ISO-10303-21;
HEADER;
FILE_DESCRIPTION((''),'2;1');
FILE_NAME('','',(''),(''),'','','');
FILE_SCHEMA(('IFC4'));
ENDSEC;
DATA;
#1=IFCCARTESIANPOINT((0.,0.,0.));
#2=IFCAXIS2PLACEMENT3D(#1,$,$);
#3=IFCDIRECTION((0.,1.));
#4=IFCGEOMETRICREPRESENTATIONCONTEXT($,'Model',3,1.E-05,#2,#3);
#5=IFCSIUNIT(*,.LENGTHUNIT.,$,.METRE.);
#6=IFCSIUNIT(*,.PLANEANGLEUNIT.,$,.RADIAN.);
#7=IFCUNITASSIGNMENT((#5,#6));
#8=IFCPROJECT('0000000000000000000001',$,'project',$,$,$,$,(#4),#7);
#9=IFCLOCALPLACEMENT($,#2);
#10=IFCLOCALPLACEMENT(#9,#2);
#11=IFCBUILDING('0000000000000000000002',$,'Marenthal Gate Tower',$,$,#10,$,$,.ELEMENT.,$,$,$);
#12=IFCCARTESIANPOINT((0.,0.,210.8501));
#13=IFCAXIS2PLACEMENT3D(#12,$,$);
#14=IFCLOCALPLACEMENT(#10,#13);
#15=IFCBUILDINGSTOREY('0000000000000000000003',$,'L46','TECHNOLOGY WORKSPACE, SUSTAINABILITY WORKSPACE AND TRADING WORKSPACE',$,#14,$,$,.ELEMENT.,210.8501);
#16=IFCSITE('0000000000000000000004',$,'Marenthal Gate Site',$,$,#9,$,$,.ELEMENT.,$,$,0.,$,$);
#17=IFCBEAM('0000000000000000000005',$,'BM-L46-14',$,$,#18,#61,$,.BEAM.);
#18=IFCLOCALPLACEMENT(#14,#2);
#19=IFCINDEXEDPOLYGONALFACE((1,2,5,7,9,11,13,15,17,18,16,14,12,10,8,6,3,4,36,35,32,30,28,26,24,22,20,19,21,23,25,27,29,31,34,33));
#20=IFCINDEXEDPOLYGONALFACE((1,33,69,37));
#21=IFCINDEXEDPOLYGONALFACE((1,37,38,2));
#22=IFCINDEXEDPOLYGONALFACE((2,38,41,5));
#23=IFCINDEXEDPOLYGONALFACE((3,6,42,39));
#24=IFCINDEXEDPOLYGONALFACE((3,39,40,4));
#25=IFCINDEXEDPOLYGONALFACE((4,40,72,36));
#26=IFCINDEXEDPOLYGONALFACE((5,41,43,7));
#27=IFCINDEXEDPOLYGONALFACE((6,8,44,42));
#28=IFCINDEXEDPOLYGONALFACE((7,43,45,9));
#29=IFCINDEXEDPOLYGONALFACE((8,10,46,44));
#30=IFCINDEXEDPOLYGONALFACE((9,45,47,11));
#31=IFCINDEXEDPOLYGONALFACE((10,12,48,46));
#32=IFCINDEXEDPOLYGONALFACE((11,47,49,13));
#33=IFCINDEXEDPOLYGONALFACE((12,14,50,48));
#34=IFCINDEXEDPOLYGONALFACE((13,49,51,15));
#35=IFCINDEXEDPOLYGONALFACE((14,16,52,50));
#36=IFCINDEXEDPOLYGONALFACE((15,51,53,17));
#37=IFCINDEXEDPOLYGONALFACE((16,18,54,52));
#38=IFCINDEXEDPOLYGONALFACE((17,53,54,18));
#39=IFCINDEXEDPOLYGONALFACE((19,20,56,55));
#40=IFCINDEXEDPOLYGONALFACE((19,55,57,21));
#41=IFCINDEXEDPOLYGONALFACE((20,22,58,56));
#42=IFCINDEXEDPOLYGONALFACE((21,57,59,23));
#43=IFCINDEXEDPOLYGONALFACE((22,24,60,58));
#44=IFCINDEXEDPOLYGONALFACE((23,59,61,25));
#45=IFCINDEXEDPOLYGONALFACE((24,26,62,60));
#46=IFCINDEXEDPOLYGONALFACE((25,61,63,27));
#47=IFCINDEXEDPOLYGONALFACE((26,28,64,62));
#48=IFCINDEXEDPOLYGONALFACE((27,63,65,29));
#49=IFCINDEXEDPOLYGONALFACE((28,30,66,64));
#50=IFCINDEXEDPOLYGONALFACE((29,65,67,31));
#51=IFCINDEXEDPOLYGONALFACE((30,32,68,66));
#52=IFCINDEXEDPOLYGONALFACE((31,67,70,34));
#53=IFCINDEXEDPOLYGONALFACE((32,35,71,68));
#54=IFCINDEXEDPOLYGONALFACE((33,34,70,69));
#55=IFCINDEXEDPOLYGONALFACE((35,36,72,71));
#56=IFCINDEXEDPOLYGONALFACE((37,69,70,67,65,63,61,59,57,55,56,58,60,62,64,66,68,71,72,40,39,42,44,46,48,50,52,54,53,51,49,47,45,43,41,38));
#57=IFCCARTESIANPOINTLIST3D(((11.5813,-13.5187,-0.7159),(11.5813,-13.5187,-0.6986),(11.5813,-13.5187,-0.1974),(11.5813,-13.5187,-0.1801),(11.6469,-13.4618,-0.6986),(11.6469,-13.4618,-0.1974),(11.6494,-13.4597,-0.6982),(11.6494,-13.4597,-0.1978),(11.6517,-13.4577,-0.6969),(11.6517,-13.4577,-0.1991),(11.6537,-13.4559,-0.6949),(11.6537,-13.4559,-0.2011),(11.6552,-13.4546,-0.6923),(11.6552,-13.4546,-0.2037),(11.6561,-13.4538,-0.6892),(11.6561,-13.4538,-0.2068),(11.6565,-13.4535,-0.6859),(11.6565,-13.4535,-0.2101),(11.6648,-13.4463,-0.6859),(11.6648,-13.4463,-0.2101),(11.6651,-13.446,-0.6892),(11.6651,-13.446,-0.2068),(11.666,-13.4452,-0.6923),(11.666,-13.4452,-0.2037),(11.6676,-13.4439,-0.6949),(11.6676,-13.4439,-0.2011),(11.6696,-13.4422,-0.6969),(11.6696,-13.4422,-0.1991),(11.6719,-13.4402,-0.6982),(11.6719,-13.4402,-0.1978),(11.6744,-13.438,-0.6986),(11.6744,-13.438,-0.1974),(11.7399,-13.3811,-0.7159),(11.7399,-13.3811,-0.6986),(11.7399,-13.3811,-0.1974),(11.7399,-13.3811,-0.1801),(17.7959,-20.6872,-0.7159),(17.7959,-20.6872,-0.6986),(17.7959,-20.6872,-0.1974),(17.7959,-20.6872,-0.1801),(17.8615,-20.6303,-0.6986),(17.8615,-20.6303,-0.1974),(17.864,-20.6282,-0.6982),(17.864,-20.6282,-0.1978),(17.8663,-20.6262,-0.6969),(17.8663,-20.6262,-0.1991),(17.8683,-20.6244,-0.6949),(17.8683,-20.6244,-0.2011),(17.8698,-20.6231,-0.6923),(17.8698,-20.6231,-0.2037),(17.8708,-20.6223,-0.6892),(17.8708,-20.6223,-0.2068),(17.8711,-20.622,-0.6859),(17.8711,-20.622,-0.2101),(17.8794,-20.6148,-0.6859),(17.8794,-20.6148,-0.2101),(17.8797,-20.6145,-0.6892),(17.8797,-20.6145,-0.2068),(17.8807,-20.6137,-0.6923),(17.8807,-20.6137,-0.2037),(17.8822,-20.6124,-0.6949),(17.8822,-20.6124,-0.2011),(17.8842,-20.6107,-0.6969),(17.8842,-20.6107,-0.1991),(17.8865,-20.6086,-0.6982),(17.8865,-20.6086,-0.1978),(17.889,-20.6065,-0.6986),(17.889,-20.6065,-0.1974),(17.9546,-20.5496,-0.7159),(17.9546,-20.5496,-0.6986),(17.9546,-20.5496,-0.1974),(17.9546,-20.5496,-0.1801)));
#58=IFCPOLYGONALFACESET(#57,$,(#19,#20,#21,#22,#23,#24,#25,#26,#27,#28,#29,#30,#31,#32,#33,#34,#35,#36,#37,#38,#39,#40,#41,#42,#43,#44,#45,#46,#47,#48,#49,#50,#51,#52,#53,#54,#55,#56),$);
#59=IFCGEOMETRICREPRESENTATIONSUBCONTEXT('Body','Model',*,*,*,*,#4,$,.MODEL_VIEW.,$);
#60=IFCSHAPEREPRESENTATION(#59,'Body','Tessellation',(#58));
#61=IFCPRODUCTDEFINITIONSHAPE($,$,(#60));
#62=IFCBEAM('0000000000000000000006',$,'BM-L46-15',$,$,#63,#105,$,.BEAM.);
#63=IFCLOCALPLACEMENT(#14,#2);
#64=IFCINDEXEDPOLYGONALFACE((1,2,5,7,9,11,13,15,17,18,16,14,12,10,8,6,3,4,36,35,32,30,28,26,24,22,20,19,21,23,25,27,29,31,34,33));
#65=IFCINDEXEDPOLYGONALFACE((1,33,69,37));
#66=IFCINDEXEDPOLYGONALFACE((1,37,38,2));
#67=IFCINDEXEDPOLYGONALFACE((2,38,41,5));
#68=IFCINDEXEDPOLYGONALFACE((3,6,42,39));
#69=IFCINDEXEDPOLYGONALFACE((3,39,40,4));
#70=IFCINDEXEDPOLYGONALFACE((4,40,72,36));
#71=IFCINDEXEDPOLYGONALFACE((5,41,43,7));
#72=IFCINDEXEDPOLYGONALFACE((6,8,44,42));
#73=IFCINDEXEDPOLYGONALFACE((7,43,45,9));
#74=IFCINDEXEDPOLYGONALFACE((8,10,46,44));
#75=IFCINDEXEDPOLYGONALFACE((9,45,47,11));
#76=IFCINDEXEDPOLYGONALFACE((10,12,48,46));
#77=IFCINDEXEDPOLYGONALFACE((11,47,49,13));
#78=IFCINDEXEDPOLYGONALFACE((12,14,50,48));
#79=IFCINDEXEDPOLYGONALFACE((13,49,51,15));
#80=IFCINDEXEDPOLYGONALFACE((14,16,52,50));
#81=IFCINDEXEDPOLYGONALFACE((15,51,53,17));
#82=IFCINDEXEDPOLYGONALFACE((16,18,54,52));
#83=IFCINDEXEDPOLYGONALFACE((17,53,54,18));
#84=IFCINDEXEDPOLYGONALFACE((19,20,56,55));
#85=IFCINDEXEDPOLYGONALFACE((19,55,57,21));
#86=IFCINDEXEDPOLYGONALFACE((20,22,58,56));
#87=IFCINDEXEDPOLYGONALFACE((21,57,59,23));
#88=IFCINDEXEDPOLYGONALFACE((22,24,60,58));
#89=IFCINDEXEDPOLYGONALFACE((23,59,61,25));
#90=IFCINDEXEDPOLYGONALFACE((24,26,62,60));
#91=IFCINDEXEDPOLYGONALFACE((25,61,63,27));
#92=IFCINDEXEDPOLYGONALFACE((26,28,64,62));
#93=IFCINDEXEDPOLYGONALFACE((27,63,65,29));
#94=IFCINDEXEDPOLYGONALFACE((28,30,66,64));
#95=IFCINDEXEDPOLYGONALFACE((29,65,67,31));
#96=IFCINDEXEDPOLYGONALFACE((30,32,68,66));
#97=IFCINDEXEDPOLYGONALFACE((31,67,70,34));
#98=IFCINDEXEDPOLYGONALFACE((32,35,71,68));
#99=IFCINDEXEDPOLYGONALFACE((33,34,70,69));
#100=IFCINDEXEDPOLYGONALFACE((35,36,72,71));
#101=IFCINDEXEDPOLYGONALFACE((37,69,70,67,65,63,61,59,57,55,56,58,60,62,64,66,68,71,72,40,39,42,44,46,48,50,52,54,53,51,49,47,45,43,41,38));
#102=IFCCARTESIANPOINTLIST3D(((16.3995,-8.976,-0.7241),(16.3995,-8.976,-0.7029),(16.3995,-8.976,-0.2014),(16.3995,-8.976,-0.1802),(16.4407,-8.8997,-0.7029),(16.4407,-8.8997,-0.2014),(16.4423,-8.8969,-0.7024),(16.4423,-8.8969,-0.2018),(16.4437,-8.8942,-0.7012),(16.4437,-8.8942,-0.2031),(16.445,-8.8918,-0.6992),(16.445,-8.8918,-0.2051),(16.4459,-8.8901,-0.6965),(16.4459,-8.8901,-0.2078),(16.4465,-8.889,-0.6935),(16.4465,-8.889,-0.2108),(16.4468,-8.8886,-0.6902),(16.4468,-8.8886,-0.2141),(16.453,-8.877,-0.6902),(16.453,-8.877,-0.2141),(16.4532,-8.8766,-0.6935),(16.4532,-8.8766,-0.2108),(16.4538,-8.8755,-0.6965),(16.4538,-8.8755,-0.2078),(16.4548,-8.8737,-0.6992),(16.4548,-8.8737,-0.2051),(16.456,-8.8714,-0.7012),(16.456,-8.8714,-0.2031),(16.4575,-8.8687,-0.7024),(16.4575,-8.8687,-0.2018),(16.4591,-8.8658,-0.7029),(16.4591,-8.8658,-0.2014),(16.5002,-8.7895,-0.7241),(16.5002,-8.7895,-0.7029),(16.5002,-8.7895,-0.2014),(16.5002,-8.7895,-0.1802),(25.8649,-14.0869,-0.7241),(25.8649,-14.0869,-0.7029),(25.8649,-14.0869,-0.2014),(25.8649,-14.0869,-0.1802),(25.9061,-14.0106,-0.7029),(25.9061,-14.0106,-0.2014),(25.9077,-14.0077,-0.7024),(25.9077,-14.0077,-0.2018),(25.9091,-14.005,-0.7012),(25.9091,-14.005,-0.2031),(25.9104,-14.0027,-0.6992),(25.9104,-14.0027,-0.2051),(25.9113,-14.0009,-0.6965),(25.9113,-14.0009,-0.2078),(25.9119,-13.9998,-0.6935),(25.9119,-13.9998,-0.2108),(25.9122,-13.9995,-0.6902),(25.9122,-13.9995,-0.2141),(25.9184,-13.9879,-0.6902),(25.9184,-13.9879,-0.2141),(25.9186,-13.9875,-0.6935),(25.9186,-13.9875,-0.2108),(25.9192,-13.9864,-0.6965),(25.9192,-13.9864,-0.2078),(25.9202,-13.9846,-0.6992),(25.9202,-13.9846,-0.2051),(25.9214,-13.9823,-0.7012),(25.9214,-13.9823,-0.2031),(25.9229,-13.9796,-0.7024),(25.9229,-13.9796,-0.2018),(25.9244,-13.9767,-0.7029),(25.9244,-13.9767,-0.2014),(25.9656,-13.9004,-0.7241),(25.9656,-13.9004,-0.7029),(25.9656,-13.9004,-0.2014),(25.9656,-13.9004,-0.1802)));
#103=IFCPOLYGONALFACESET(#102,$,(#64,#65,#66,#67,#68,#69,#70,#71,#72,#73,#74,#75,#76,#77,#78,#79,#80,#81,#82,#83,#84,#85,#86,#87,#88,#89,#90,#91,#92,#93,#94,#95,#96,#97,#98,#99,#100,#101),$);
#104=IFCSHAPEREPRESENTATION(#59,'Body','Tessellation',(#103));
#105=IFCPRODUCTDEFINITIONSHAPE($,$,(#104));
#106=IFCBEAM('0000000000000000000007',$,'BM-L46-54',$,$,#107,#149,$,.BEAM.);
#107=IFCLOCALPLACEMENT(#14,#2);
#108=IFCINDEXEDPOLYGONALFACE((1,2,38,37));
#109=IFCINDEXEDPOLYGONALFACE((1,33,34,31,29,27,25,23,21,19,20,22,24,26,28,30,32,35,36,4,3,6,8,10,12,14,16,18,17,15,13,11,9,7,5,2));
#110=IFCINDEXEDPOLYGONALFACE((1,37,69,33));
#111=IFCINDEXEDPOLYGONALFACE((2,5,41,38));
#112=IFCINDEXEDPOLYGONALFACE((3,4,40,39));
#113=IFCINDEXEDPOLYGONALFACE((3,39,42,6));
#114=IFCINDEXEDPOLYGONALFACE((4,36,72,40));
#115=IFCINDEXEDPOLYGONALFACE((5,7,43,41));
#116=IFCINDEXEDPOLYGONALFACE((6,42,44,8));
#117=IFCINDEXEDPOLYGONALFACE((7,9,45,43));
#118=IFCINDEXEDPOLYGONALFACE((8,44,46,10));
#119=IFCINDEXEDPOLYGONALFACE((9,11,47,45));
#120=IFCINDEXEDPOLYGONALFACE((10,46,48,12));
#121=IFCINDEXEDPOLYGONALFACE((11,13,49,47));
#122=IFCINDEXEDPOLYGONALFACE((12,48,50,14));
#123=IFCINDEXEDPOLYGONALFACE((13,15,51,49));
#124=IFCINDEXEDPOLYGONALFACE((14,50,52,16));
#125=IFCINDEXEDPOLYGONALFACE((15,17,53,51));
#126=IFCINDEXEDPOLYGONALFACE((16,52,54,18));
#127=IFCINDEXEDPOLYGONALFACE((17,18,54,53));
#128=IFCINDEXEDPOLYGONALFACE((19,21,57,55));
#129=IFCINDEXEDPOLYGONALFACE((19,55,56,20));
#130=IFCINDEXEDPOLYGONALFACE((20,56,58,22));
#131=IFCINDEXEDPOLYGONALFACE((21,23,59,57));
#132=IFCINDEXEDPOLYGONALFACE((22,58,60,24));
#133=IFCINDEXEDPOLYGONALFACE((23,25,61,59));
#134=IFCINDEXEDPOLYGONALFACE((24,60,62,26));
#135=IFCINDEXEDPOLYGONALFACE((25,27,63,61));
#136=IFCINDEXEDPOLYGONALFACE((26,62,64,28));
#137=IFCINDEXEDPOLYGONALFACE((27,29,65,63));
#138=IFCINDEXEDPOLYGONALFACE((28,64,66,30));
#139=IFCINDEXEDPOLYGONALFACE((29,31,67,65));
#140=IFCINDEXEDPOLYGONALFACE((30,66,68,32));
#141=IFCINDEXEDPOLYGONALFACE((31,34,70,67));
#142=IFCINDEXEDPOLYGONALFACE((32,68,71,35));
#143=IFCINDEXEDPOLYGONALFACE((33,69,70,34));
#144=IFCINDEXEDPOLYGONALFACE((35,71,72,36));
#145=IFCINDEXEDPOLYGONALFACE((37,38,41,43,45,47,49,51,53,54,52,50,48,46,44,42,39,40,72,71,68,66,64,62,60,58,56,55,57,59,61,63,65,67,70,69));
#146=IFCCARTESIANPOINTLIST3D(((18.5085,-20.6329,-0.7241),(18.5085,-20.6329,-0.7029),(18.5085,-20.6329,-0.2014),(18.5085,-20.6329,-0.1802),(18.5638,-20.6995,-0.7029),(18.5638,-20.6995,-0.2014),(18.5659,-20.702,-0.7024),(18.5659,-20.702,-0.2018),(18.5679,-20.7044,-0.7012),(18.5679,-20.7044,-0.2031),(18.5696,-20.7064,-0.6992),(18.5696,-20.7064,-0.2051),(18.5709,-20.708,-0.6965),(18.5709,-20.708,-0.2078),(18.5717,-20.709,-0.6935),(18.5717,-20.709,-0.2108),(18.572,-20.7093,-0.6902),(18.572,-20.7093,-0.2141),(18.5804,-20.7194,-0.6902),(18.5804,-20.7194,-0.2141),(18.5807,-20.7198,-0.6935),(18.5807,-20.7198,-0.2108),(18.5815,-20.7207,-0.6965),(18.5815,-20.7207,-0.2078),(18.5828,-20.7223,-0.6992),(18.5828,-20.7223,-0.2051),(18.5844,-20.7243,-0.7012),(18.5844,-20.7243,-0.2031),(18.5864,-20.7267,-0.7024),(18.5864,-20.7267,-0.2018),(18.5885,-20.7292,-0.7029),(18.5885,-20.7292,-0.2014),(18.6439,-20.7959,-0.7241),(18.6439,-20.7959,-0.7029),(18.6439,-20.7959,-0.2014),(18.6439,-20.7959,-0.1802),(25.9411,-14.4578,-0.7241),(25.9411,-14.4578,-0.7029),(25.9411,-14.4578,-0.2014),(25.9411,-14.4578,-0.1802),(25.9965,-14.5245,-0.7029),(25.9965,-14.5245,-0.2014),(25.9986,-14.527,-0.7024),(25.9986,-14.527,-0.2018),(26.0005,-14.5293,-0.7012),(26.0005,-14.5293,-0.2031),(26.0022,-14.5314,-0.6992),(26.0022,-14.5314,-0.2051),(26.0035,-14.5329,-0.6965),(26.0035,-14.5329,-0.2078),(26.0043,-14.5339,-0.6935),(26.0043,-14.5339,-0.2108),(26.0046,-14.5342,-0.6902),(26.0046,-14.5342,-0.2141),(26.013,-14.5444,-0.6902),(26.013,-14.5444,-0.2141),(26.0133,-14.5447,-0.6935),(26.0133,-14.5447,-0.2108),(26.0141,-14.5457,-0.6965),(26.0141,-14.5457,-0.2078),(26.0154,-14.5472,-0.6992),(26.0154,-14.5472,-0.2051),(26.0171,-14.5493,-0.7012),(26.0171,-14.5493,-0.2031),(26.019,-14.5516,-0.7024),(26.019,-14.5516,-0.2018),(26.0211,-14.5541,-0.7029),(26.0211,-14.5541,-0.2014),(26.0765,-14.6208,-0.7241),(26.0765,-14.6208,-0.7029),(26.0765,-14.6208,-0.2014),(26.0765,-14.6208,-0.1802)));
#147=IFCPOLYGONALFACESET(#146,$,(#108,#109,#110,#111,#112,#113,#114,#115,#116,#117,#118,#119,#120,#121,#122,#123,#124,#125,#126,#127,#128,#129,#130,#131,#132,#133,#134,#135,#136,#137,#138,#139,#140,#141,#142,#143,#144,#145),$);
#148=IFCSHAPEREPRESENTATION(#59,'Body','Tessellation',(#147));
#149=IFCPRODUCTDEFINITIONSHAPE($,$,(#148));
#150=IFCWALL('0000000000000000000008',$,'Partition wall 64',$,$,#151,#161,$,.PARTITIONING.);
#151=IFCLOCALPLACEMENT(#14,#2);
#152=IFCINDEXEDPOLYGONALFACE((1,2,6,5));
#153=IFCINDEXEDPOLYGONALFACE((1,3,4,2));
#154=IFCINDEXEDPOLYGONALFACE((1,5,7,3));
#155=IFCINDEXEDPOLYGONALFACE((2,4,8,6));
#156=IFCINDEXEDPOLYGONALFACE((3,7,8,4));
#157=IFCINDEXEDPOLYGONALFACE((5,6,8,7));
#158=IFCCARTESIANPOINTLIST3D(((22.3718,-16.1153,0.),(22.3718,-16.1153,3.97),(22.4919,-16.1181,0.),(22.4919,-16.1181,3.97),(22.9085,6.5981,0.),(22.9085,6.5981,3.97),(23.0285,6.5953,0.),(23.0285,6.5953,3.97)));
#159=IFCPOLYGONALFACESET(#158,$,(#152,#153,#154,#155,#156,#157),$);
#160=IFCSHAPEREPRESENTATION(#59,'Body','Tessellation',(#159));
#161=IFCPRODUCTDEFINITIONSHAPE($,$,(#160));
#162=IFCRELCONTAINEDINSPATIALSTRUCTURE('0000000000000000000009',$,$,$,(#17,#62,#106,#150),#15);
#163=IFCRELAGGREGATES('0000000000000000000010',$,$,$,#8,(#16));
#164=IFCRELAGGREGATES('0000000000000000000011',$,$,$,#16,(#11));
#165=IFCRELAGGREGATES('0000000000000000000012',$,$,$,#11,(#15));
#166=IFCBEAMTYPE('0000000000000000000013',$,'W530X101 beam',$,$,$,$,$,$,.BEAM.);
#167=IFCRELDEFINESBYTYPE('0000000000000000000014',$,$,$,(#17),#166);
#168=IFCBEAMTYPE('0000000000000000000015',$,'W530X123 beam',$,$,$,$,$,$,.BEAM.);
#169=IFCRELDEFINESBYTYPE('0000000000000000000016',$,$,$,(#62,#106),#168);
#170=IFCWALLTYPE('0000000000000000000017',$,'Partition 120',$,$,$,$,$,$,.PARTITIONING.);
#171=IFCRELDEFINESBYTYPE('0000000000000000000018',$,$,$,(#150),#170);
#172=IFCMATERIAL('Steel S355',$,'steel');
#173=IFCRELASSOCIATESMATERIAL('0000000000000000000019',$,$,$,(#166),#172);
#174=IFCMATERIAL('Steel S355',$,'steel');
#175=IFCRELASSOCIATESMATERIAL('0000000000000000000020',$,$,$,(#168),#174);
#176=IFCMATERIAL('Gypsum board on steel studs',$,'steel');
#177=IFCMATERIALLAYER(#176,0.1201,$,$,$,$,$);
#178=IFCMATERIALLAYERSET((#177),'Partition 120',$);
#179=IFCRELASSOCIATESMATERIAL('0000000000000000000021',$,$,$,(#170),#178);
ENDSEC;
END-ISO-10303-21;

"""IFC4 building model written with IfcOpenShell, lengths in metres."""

from ifc_helpers import new_model, si_unit, direction, frame, frame_2d, origin, origin_2d, place, context, subcontext, project, spatial, rectangle, i_section, extrude, material, layer, layer_set, material_profile, profile_set, type_object, element, save


model = new_model("IFC4")

# Units and contexts
model_context = context("Model", 3, precision=1e-05, world=origin(), true_north=direction((0.0, 1.0)))
body_context = subcontext(model_context, "Body", "Model", "MODEL_VIEW")
ifc_project = project(units=[si_unit("LENGTHUNIT", "METRE"), si_unit("PLANEANGLEUNIT", "RADIAN")], contexts=[model_context])

# Site, building, storey
site_placement = place(None, origin())
site = spatial("IfcSite", under=ifc_project, at=site_placement, Name="Marenthal Gate Site", CompositionType="ELEMENT", RefElevation=0.0)
building_placement = place(site_placement, origin())
building = spatial("IfcBuilding", under=site, at=building_placement, Name="Marenthal Gate Tower", CompositionType="ELEMENT")
storey_placement = place(building_placement, frame((0.0, 0.0, 210.8501)))
storey = spatial("IfcBuildingStorey", under=building, at=storey_placement, Name="L46", Description="TECHNOLOGY WORKSPACE, SUSTAINABILITY WORKSPACE AND TRADING WORKSPACE", CompositionType="ELEMENT", Elevation=210.8501)

# Beams
ifc_material_1 = material(Name="Steel S355", Category="steel")
ifc_material_profile_1 = material_profile(ifc_material_1, i_section(OverallWidth=0.21, OverallDepth=0.5359, WebThickness=0.011, FlangeThickness=0.0173, FilletRadius=0.0127, at=origin_2d()), Name="W530X101")
ifc_profile_set_1 = profile_set([ifc_material_profile_1], Name="Steel S355")
beam_type_1 = type_object("IfcBeamType", Name="W530X101 beam", PredefinedType="BEAM", material=ifc_profile_set_1)
beam_1_placement = place(storey_placement, frame((17.8752, -20.6184, -0.448), z_axis=(-0.655047, 0.755588, 0.0), x_axis=(-0.755588, -0.655047, 0.0)))
element("IfcBeam", 1, at=beam_1_placement, inside=storey, type_object=beam_type_1, Name="BM-L46-14", PredefinedType="BEAM", context=body_context, shape_type="SweptSolid", body=[
    extrude(i_section(OverallWidth=0.21, OverallDepth=0.5359, WebThickness=0.011, FlangeThickness=0.0173, FilletRadius=0.0127, at=origin_2d()), origin(), (0.0, 0.0, 1.0), 9.4873),
])
ifc_material_2 = material(Name="Steel S355", Category="steel")
ifc_material_profile_2 = material_profile(ifc_material_2, i_section(OverallWidth=0.2119, OverallDepth=0.5439, WebThickness=0.0132, FlangeThickness=0.0212, FilletRadius=0.0127, at=origin_2d()), Name="W530X123")
ifc_profile_set_2 = profile_set([ifc_material_profile_2], Name="Steel S355")
beam_type_2 = type_object("IfcBeamType", Name="W530X123 beam", PredefinedType="BEAM", material=ifc_profile_set_2)
beam_2_placement = place(storey_placement, frame((25.9153, -13.9937, -0.4521), z_axis=(-0.879922, 0.475117, 0.0), x_axis=(-0.475117, -0.879922, 0.0)))
element("IfcBeam", 2, at=beam_2_placement, inside=storey, type_object=beam_type_2, Name="BM-L46-15", PredefinedType="BEAM", context=body_context, shape_type="SweptSolid", body=[
    extrude(i_section(OverallWidth=0.2119, OverallDepth=0.5439, WebThickness=0.0132, FlangeThickness=0.0212, FilletRadius=0.0127, at=origin_2d()), origin(), (0.0, 0.0, 1.0), 10.7571),
])
beam_3_placement = place(storey_placement, frame((18.5762, -20.7144, -0.4521), z_axis=(0.769177, 0.639036, 0.0), x_axis=(-0.639036, 0.769177, 0.0)))
element("IfcBeam", 3, at=beam_3_placement, inside=storey, type_object=beam_type_2, Name="BM-L46-54", PredefinedType="BEAM", context=body_context, shape_type="SweptSolid", body=[
    extrude(i_section(OverallWidth=0.2119, OverallDepth=0.5439, WebThickness=0.0132, FlangeThickness=0.0212, FilletRadius=0.0127, at=origin_2d()), origin(), (0.0, 0.0, 1.0), 9.6631),
])

# Wall
ifc_material_3 = material(Name="Gypsum board on steel studs", Category="steel")
ifc_layer_1 = layer(ifc_material_3, 0.1201)
ifc_layer_set_1 = layer_set([ifc_layer_1], Name="Partition 120")
wall_type_1 = type_object("IfcWallType", Name="Partition 120", PredefinedType="PARTITIONING", material=ifc_layer_set_1)
wall_1_placement = place(storey_placement, frame((22.4319, -16.1167, 0.0), z_axis=(0.0, 0.0, 1.0), x_axis=(0.023619, 0.999721, 0.0)))
element("IfcWall", 4, at=wall_1_placement, inside=storey, type_object=wall_type_1, Name="Partition wall 64", PredefinedType="PARTITIONING", context=body_context, shape_type="SweptSolid", body=[
    extrude(rectangle(XDim=22.7197, YDim=0.1201, at=frame_2d((11.3599, 0.0))), origin(), (0.0, 0.0, 1.0), 3.97),
])

save(model, "model.ifc")
